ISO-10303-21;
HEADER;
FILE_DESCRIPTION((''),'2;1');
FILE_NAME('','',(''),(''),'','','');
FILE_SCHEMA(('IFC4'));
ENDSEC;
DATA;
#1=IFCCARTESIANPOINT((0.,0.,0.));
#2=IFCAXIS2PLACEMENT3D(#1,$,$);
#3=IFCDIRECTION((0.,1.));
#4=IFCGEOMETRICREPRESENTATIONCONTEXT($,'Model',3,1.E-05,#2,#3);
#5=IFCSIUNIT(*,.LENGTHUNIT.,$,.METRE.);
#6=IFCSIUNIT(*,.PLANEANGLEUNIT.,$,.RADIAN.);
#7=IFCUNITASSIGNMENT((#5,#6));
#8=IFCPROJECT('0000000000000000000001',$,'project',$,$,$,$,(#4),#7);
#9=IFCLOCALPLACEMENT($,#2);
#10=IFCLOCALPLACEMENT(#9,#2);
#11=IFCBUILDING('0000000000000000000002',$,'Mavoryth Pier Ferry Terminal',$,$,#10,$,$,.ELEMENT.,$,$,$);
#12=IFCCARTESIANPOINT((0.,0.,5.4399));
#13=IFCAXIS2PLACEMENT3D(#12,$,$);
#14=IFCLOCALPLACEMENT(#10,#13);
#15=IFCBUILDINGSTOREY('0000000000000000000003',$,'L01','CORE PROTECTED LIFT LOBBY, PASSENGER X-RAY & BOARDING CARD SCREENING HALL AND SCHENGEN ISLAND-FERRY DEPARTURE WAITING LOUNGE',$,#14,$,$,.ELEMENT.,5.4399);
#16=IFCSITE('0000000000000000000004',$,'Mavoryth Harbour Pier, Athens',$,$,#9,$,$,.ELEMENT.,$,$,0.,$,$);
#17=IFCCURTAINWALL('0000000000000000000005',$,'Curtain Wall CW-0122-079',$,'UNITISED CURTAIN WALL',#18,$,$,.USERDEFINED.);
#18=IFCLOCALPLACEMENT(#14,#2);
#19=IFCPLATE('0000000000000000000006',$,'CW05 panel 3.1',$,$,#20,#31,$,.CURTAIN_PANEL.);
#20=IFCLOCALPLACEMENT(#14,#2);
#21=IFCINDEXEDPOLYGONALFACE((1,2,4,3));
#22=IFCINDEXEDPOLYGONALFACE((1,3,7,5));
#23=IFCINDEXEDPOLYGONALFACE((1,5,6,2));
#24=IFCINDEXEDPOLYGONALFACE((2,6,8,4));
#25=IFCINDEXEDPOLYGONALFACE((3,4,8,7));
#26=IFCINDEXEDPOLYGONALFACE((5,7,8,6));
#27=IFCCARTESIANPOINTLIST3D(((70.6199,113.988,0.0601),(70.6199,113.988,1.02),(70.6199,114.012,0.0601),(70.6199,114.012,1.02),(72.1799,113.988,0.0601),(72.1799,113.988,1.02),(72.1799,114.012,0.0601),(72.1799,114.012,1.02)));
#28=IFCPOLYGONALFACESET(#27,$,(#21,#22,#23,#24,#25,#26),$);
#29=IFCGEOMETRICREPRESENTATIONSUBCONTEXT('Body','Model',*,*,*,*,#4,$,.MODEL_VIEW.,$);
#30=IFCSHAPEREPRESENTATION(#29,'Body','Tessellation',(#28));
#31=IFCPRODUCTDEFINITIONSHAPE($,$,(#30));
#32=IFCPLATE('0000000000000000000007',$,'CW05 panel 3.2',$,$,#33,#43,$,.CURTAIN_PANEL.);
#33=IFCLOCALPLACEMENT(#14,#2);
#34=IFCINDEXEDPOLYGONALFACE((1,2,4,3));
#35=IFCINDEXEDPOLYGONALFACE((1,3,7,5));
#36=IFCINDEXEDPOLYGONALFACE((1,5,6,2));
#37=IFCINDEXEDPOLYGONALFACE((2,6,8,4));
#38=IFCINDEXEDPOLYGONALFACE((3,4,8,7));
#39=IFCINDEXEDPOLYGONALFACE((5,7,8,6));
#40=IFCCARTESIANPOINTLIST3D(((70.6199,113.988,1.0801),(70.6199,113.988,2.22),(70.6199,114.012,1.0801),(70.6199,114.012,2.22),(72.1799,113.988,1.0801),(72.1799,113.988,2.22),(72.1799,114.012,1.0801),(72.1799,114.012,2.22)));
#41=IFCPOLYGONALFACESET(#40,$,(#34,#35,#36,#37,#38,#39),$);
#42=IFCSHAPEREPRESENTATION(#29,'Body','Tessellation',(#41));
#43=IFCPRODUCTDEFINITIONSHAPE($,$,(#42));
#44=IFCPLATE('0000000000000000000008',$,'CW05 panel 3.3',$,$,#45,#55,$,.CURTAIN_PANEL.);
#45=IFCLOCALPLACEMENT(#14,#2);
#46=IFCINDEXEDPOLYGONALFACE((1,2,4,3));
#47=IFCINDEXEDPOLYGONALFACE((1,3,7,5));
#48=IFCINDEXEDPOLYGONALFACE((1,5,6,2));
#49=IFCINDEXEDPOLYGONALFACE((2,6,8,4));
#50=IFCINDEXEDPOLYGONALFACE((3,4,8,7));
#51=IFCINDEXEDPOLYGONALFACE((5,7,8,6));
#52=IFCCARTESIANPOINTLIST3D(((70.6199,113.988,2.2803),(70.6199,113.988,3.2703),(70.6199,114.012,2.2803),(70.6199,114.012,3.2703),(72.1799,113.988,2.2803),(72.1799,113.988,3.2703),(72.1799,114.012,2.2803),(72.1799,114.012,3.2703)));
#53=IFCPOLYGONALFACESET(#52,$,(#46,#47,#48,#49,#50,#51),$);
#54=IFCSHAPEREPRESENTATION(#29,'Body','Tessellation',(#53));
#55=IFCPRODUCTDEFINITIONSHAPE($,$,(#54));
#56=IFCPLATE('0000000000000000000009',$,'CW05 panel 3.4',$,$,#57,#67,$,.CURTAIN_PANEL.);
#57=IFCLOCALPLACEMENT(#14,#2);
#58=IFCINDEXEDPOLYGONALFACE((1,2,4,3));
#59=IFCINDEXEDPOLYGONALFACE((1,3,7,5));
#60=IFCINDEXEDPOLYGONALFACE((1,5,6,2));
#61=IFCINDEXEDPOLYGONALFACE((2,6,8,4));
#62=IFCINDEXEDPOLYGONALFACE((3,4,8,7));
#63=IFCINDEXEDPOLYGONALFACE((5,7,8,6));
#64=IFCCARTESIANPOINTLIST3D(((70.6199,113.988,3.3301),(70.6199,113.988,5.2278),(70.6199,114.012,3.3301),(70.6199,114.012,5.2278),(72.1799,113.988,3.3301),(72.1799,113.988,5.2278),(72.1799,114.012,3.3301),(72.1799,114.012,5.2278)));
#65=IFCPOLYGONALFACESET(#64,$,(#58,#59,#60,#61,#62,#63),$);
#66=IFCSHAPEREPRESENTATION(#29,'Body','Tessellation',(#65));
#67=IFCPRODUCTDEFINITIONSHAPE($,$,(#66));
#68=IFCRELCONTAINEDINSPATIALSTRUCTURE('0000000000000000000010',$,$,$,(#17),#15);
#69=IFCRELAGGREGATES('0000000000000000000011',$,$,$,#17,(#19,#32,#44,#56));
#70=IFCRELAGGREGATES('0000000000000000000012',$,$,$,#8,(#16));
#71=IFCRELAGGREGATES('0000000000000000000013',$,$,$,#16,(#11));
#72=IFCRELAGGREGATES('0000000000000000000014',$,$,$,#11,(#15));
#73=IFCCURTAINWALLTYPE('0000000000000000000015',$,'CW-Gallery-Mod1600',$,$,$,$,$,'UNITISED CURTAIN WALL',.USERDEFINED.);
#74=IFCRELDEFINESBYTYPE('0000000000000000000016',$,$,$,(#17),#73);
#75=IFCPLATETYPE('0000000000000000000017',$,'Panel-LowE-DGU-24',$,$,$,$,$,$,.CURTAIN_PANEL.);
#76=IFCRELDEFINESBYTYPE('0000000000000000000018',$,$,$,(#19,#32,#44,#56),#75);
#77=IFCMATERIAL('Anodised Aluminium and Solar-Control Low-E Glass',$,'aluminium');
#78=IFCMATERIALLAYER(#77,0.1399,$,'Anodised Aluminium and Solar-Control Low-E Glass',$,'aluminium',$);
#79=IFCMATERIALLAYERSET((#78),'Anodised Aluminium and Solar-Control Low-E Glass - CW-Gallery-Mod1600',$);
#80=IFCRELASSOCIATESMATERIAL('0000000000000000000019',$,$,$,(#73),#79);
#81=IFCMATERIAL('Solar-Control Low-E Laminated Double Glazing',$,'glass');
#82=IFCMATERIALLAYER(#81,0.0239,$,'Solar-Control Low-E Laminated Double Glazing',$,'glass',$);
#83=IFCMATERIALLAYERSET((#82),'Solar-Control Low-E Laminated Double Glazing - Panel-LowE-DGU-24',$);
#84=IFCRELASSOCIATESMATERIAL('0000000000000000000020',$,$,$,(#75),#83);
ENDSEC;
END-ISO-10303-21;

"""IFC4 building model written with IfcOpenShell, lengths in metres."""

from ifc_helpers import new_model, si_unit, direction, frame, origin, origin_2d, place, context, subcontext, project, spatial, rectangle, extrude, material, layer, layer_set, type_object, element, aggregate, save


model = new_model("IFC4")

# Units and contexts
model_context = context("Model", 3, precision=1e-05, world=origin(), true_north=direction((0.0, 1.0)))
body_context = subcontext(model_context, "Body", "Model", "MODEL_VIEW")
ifc_project = project(units=[si_unit("LENGTHUNIT", "METRE"), si_unit("PLANEANGLEUNIT", "RADIAN")], contexts=[model_context])

# Site, building, storey
site_placement = place(None, origin())
site = spatial("IfcSite", under=ifc_project, at=site_placement, Name="Mavoryth Harbour Pier, Athens", CompositionType="ELEMENT", RefElevation=0.0)
building_placement = place(site_placement, origin())
building = spatial("IfcBuilding", under=site, at=building_placement, Name="Mavoryth Pier Ferry Terminal", CompositionType="ELEMENT")
storey_placement = place(building_placement, frame((0.0, 0.0, 5.4399)))
storey = spatial("IfcBuildingStorey", under=building, at=storey_placement, Name="L01", Description="CORE PROTECTED LIFT LOBBY, PASSENGER X-RAY & BOARDING CARD SCREENING HALL AND SCHENGEN ISLAND-FERRY DEPARTURE WAITING LOUNGE", CompositionType="ELEMENT", Elevation=5.4399)

# Curtain wall, plates
ifc_material_1 = material(Name="Anodised Aluminium and Solar-Control Low-E Glass", Category="aluminium")
ifc_layer_1 = layer(ifc_material_1, 0.1399, Name="Anodised Aluminium and Solar-Control Low-E Glass", Category="aluminium")
ifc_layer_set_1 = layer_set([ifc_layer_1], Name="Anodised Aluminium and Solar-Control Low-E Glass - CW-Gallery-Mod1600")
curtain_wall_type = type_object("IfcCurtainWallType", Name="CW-Gallery-Mod1600", ElementType="UNITISED CURTAIN WALL", PredefinedType="USERDEFINED", material=ifc_layer_set_1)
curtain_wall_placement = place(storey_placement, origin())
curtain_wall = element("IfcCurtainWall", 1, at=curtain_wall_placement, inside=storey, type_object=curtain_wall_type, Name="Curtain Wall CW-0122-079", ObjectType="UNITISED CURTAIN WALL", PredefinedType="USERDEFINED")
ifc_material_2 = material(Name="Solar-Control Low-E Laminated Double Glazing", Category="glass")
ifc_layer_2 = layer(ifc_material_2, 0.0239, Name="Solar-Control Low-E Laminated Double Glazing", Category="glass")
ifc_layer_set_2 = layer_set([ifc_layer_2], Name="Solar-Control Low-E Laminated Double Glazing - Panel-LowE-DGU-24")
plate_type = type_object("IfcPlateType", Name="Panel-LowE-DGU-24", PredefinedType="CURTAIN_PANEL", material=ifc_layer_set_2)
plate_1_placement = place(storey_placement, frame((71.3999, 114.0, 0.0601), z_axis=(0.0, 0.0, 1.0), x_axis=(-1.0, 0.0, 0.0)))
plate_1 = element("IfcPlate", 2, at=plate_1_placement, type_object=plate_type, Name="CW05 panel 3.1", PredefinedType="CURTAIN_PANEL", context=body_context, shape_type="SweptSolid", body=[
    extrude(rectangle(XDim=1.5601, YDim=0.0239, at=origin_2d()), origin(), (0.0, 0.0, 1.0), 0.96),
])
plate_2_placement = place(storey_placement, frame((71.3999, 114.0, 1.0801), z_axis=(0.0, 0.0, 1.0), x_axis=(-1.0, 0.0, 0.0)))
plate_2 = element("IfcPlate", 3, at=plate_2_placement, type_object=plate_type, Name="CW05 panel 3.2", PredefinedType="CURTAIN_PANEL", context=body_context, shape_type="SweptSolid", body=[
    extrude(rectangle(XDim=1.5601, YDim=0.0239, at=origin_2d()), origin(), (0.0, 0.0, 1.0), 1.1399),
])
plate_3_placement = place(storey_placement, frame((71.3999, 114.0, 2.2803), z_axis=(0.0, 0.0, 1.0), x_axis=(-1.0, 0.0, 0.0)))
plate_3 = element("IfcPlate", 4, at=plate_3_placement, type_object=plate_type, Name="CW05 panel 3.3", PredefinedType="CURTAIN_PANEL", context=body_context, shape_type="SweptSolid", body=[
    extrude(rectangle(XDim=1.5601, YDim=0.0239, at=origin_2d()), origin(), (0.0, 0.0, 1.0), 0.99),
])
plate_4_placement = place(storey_placement, frame((71.3999, 114.0, 3.3301), z_axis=(0.0, 0.0, 1.0), x_axis=(-1.0, 0.0, 0.0)))
plate_4 = element("IfcPlate", 5, at=plate_4_placement, type_object=plate_type, Name="CW05 panel 3.4", PredefinedType="CURTAIN_PANEL", context=body_context, shape_type="SweptSolid", body=[
    extrude(rectangle(XDim=1.5601, YDim=0.0239, at=origin_2d()), origin(), (0.0, 0.0, 1.0), 1.8977),
])
aggregate(curtain_wall, [plate_1, plate_2, plate_3, plate_4])

save(model, "model.ifc")
